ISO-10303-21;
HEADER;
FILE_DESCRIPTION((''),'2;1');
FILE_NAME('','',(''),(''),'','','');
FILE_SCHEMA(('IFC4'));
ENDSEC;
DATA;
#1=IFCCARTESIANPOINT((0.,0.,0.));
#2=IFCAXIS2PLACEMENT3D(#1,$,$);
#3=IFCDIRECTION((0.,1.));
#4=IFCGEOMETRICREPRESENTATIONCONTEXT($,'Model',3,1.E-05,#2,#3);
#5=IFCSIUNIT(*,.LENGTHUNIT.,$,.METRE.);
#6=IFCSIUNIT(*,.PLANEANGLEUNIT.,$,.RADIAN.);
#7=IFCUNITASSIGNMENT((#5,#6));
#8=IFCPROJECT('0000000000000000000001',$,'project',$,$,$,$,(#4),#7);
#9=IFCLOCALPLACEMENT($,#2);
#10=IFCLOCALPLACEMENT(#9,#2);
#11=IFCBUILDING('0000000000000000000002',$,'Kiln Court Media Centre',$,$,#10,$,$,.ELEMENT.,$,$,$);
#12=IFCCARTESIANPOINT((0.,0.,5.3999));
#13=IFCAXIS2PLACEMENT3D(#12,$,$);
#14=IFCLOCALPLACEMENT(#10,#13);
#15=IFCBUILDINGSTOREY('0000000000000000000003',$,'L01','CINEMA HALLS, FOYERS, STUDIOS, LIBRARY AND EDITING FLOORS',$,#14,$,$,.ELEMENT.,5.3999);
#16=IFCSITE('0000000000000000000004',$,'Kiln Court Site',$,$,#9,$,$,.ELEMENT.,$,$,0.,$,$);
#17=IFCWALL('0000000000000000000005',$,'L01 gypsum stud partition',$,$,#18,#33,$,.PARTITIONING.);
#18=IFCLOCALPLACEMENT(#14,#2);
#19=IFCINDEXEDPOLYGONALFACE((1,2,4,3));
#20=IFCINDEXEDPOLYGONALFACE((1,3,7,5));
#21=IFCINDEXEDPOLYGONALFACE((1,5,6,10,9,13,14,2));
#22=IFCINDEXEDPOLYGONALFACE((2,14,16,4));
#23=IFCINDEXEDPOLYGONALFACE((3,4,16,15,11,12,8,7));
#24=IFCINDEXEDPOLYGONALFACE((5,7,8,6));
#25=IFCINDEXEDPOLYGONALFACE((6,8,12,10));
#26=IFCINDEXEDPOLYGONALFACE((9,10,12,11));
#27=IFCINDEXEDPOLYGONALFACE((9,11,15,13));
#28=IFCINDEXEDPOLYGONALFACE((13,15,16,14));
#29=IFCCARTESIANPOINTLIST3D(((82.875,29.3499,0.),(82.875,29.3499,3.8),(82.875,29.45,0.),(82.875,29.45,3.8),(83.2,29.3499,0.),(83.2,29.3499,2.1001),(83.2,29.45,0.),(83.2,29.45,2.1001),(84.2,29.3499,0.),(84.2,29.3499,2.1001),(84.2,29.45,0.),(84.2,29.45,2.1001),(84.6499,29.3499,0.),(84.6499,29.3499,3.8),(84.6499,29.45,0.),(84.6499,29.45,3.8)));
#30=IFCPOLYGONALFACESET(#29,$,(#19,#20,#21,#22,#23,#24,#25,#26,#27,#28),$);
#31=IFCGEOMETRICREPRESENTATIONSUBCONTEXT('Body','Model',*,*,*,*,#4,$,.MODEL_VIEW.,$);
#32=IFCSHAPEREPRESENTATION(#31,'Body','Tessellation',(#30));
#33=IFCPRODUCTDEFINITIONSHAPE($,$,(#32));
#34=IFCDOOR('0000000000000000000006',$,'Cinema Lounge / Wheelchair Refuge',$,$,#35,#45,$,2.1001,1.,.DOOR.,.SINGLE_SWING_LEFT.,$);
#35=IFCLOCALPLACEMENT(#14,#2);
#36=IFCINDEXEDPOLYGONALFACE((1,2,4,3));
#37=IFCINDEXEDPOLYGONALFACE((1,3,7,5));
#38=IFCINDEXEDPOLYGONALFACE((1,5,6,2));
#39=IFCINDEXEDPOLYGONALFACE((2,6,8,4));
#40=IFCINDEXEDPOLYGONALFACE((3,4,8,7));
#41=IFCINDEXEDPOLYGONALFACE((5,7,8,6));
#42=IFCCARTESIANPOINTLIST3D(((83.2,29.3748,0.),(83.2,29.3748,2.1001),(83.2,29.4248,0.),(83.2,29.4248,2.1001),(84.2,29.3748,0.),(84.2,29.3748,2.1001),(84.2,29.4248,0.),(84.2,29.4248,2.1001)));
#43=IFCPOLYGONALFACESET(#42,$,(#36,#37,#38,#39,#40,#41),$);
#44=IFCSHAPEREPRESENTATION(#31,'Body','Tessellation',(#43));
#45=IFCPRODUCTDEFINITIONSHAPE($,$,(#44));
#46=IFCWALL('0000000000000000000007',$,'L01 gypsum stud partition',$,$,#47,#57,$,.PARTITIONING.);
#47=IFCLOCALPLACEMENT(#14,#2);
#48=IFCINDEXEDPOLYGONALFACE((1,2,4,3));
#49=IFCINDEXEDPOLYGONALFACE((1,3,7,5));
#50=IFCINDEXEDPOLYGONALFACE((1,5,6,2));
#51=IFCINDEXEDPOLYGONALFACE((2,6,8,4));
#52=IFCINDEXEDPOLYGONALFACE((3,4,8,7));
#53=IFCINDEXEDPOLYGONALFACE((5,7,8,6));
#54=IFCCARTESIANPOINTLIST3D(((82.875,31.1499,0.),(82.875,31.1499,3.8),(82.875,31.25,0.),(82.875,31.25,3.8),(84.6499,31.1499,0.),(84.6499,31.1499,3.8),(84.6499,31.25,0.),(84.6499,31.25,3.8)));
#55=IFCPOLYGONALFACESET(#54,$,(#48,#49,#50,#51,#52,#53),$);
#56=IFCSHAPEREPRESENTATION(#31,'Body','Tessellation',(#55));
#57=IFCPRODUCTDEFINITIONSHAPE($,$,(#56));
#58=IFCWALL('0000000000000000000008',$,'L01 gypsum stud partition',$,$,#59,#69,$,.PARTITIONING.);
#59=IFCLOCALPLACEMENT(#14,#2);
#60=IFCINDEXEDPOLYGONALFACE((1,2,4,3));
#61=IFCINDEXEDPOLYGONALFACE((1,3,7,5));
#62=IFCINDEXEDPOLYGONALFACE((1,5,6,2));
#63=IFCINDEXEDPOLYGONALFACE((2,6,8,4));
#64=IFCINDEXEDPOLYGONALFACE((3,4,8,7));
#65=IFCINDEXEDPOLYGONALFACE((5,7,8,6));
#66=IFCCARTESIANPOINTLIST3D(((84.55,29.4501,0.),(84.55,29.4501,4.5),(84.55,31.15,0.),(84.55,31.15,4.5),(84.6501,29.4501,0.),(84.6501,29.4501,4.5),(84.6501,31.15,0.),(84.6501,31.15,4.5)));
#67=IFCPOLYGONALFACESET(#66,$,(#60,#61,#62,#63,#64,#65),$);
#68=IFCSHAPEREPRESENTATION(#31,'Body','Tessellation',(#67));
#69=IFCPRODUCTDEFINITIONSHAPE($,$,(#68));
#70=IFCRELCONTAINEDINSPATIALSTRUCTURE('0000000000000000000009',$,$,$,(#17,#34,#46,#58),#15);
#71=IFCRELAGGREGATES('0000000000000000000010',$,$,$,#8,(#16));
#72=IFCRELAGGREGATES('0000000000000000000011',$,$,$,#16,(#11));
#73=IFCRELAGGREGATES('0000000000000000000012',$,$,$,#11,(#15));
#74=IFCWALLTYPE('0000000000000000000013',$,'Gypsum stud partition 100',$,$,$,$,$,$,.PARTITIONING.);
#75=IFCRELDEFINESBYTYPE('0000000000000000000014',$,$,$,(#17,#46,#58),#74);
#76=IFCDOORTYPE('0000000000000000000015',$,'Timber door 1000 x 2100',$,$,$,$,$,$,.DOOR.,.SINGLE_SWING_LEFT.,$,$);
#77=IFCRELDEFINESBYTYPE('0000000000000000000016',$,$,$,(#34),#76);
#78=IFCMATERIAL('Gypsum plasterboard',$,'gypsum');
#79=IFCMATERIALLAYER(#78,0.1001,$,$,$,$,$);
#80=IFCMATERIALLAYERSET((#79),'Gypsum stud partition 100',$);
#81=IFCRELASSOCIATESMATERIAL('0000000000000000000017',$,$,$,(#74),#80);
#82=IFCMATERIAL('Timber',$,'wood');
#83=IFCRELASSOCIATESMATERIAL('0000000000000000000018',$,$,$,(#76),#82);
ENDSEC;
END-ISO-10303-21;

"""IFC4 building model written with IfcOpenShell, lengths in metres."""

from ifc_helpers import new_model, si_unit, direction, frame, frame_2d, origin, place, context, subcontext, project, spatial, rectangle, extrude, material, layer, layer_set, type_object, element, fill, save


model = new_model("IFC4")

# Units and contexts
model_context = context("Model", 3, precision=1e-05, world=origin(), true_north=direction((0.0, 1.0)))
body_context = subcontext(model_context, "Body", "Model", "MODEL_VIEW")
ifc_project = project(units=[si_unit("LENGTHUNIT", "METRE"), si_unit("PLANEANGLEUNIT", "RADIAN")], contexts=[model_context])

# Site, building, storey
site_placement = place(None, origin())
site = spatial("IfcSite", under=ifc_project, at=site_placement, Name="Kiln Court Site", CompositionType="ELEMENT", RefElevation=0.0)
building_placement = place(site_placement, origin())
building = spatial("IfcBuilding", under=site, at=building_placement, Name="Kiln Court Media Centre", CompositionType="ELEMENT")
storey_placement = place(building_placement, frame((0.0, 0.0, 5.3999)))
storey = spatial("IfcBuildingStorey", under=building, at=storey_placement, Name="L01", Description="CINEMA HALLS, FOYERS, STUDIOS, LIBRARY AND EDITING FLOORS", CompositionType="ELEMENT", Elevation=5.3999)

# Wall, opening, door
ifc_material_1 = material(Name="Gypsum plasterboard", Category="gypsum")
ifc_layer_1 = layer(ifc_material_1, 0.1001)
ifc_layer_set_1 = layer_set([ifc_layer_1], Name="Gypsum stud partition 100")
wall_type_1 = type_object("IfcWallType", Name="Gypsum stud partition 100", PredefinedType="PARTITIONING", material=ifc_layer_set_1)
wall_1_placement = place(storey_placement, frame((82.875, 29.3999, 0.0), z_axis=(0.0, 0.0, 1.0), x_axis=(1.0, 0.0, 0.0)))
wall_1 = element("IfcWall", 1, at=wall_1_placement, inside=storey, type_object=wall_type_1, Name="L01 gypsum stud partition", PredefinedType="PARTITIONING", context=body_context, shape_type="SweptSolid", body=[
    extrude(rectangle(XDim=1.7749, YDim=0.1001, at=frame_2d((0.8875, 0.0))), origin(), (0.0, 0.0, 1.0), 3.8),
])
opening_1_placement = place(wall_1_placement, frame((0.325, 0.0, 0.0)))
opening_1 = element("IfcOpeningElement", 2, at=opening_1_placement, cuts=wall_1, PredefinedType="OPENING", context=body_context, shape_type="SweptSolid", body=[
    extrude(rectangle(XDim=1.0, YDim=2.1001, at=frame_2d((0.5, 1.05))), frame((0.0, 0.0601, 0.0), z_axis=(0.0, -1.0, 0.0), x_axis=(1.0, 0.0, 0.0)), (0.0, 0.0, 1.0), 0.1201),
])
ifc_material_2 = material(Name="Timber", Category="wood")
door_type_1 = type_object("IfcDoorType", Name="Timber door 1000 x 2100", OperationType="SINGLE_SWING_LEFT", PredefinedType="DOOR", material=ifc_material_2)
door_1_placement = place(opening_1_placement, origin())
door_1 = element("IfcDoor", 3, at=door_1_placement, inside=storey, type_object=door_type_1, Name="Cinema Lounge / Wheelchair Refuge", OperationType="SINGLE_SWING_LEFT", OverallHeight=2.1001, OverallWidth=1.0, PredefinedType="DOOR", context=body_context, shape_type="SweptSolid", body=[
    extrude(rectangle(XDim=1.0, YDim=2.1001, at=frame_2d((0.5, 1.05))), frame((0.0, 0.0249, 0.0), z_axis=(0.0, -1.0, 0.0), x_axis=(1.0, 0.0, 0.0)), (0.0, 0.0, 1.0), 0.05),
])
fill(opening_1, door_1)

# Walls
wall_2_placement = place(storey_placement, frame((82.875, 31.2, 0.0), z_axis=(0.0, 0.0, 1.0), x_axis=(1.0, 0.0, 0.0)))
element("IfcWall", 4, at=wall_2_placement, inside=storey, type_object=wall_type_1, Name="L01 gypsum stud partition", PredefinedType="PARTITIONING", context=body_context, shape_type="SweptSolid", body=[
    extrude(rectangle(XDim=1.7749, YDim=0.1001, at=frame_2d((0.8875, 0.0))), origin(), (0.0, 0.0, 1.0), 3.8),
])
wall_3_placement = place(storey_placement, frame((84.6001, 29.45, 0.0), z_axis=(0.0, 0.0, 1.0), x_axis=(0.0, 1.0, 0.0)))
element("IfcWall", 5, at=wall_3_placement, inside=storey, type_object=wall_type_1, Name="L01 gypsum stud partition", PredefinedType="PARTITIONING", context=body_context, shape_type="SweptSolid", body=[
    extrude(rectangle(XDim=1.7, YDim=0.1001, at=frame_2d((0.8501, 0.0))), origin(), (0.0, 0.0, 1.0), 4.5),
])

save(model, "model.ifc")
